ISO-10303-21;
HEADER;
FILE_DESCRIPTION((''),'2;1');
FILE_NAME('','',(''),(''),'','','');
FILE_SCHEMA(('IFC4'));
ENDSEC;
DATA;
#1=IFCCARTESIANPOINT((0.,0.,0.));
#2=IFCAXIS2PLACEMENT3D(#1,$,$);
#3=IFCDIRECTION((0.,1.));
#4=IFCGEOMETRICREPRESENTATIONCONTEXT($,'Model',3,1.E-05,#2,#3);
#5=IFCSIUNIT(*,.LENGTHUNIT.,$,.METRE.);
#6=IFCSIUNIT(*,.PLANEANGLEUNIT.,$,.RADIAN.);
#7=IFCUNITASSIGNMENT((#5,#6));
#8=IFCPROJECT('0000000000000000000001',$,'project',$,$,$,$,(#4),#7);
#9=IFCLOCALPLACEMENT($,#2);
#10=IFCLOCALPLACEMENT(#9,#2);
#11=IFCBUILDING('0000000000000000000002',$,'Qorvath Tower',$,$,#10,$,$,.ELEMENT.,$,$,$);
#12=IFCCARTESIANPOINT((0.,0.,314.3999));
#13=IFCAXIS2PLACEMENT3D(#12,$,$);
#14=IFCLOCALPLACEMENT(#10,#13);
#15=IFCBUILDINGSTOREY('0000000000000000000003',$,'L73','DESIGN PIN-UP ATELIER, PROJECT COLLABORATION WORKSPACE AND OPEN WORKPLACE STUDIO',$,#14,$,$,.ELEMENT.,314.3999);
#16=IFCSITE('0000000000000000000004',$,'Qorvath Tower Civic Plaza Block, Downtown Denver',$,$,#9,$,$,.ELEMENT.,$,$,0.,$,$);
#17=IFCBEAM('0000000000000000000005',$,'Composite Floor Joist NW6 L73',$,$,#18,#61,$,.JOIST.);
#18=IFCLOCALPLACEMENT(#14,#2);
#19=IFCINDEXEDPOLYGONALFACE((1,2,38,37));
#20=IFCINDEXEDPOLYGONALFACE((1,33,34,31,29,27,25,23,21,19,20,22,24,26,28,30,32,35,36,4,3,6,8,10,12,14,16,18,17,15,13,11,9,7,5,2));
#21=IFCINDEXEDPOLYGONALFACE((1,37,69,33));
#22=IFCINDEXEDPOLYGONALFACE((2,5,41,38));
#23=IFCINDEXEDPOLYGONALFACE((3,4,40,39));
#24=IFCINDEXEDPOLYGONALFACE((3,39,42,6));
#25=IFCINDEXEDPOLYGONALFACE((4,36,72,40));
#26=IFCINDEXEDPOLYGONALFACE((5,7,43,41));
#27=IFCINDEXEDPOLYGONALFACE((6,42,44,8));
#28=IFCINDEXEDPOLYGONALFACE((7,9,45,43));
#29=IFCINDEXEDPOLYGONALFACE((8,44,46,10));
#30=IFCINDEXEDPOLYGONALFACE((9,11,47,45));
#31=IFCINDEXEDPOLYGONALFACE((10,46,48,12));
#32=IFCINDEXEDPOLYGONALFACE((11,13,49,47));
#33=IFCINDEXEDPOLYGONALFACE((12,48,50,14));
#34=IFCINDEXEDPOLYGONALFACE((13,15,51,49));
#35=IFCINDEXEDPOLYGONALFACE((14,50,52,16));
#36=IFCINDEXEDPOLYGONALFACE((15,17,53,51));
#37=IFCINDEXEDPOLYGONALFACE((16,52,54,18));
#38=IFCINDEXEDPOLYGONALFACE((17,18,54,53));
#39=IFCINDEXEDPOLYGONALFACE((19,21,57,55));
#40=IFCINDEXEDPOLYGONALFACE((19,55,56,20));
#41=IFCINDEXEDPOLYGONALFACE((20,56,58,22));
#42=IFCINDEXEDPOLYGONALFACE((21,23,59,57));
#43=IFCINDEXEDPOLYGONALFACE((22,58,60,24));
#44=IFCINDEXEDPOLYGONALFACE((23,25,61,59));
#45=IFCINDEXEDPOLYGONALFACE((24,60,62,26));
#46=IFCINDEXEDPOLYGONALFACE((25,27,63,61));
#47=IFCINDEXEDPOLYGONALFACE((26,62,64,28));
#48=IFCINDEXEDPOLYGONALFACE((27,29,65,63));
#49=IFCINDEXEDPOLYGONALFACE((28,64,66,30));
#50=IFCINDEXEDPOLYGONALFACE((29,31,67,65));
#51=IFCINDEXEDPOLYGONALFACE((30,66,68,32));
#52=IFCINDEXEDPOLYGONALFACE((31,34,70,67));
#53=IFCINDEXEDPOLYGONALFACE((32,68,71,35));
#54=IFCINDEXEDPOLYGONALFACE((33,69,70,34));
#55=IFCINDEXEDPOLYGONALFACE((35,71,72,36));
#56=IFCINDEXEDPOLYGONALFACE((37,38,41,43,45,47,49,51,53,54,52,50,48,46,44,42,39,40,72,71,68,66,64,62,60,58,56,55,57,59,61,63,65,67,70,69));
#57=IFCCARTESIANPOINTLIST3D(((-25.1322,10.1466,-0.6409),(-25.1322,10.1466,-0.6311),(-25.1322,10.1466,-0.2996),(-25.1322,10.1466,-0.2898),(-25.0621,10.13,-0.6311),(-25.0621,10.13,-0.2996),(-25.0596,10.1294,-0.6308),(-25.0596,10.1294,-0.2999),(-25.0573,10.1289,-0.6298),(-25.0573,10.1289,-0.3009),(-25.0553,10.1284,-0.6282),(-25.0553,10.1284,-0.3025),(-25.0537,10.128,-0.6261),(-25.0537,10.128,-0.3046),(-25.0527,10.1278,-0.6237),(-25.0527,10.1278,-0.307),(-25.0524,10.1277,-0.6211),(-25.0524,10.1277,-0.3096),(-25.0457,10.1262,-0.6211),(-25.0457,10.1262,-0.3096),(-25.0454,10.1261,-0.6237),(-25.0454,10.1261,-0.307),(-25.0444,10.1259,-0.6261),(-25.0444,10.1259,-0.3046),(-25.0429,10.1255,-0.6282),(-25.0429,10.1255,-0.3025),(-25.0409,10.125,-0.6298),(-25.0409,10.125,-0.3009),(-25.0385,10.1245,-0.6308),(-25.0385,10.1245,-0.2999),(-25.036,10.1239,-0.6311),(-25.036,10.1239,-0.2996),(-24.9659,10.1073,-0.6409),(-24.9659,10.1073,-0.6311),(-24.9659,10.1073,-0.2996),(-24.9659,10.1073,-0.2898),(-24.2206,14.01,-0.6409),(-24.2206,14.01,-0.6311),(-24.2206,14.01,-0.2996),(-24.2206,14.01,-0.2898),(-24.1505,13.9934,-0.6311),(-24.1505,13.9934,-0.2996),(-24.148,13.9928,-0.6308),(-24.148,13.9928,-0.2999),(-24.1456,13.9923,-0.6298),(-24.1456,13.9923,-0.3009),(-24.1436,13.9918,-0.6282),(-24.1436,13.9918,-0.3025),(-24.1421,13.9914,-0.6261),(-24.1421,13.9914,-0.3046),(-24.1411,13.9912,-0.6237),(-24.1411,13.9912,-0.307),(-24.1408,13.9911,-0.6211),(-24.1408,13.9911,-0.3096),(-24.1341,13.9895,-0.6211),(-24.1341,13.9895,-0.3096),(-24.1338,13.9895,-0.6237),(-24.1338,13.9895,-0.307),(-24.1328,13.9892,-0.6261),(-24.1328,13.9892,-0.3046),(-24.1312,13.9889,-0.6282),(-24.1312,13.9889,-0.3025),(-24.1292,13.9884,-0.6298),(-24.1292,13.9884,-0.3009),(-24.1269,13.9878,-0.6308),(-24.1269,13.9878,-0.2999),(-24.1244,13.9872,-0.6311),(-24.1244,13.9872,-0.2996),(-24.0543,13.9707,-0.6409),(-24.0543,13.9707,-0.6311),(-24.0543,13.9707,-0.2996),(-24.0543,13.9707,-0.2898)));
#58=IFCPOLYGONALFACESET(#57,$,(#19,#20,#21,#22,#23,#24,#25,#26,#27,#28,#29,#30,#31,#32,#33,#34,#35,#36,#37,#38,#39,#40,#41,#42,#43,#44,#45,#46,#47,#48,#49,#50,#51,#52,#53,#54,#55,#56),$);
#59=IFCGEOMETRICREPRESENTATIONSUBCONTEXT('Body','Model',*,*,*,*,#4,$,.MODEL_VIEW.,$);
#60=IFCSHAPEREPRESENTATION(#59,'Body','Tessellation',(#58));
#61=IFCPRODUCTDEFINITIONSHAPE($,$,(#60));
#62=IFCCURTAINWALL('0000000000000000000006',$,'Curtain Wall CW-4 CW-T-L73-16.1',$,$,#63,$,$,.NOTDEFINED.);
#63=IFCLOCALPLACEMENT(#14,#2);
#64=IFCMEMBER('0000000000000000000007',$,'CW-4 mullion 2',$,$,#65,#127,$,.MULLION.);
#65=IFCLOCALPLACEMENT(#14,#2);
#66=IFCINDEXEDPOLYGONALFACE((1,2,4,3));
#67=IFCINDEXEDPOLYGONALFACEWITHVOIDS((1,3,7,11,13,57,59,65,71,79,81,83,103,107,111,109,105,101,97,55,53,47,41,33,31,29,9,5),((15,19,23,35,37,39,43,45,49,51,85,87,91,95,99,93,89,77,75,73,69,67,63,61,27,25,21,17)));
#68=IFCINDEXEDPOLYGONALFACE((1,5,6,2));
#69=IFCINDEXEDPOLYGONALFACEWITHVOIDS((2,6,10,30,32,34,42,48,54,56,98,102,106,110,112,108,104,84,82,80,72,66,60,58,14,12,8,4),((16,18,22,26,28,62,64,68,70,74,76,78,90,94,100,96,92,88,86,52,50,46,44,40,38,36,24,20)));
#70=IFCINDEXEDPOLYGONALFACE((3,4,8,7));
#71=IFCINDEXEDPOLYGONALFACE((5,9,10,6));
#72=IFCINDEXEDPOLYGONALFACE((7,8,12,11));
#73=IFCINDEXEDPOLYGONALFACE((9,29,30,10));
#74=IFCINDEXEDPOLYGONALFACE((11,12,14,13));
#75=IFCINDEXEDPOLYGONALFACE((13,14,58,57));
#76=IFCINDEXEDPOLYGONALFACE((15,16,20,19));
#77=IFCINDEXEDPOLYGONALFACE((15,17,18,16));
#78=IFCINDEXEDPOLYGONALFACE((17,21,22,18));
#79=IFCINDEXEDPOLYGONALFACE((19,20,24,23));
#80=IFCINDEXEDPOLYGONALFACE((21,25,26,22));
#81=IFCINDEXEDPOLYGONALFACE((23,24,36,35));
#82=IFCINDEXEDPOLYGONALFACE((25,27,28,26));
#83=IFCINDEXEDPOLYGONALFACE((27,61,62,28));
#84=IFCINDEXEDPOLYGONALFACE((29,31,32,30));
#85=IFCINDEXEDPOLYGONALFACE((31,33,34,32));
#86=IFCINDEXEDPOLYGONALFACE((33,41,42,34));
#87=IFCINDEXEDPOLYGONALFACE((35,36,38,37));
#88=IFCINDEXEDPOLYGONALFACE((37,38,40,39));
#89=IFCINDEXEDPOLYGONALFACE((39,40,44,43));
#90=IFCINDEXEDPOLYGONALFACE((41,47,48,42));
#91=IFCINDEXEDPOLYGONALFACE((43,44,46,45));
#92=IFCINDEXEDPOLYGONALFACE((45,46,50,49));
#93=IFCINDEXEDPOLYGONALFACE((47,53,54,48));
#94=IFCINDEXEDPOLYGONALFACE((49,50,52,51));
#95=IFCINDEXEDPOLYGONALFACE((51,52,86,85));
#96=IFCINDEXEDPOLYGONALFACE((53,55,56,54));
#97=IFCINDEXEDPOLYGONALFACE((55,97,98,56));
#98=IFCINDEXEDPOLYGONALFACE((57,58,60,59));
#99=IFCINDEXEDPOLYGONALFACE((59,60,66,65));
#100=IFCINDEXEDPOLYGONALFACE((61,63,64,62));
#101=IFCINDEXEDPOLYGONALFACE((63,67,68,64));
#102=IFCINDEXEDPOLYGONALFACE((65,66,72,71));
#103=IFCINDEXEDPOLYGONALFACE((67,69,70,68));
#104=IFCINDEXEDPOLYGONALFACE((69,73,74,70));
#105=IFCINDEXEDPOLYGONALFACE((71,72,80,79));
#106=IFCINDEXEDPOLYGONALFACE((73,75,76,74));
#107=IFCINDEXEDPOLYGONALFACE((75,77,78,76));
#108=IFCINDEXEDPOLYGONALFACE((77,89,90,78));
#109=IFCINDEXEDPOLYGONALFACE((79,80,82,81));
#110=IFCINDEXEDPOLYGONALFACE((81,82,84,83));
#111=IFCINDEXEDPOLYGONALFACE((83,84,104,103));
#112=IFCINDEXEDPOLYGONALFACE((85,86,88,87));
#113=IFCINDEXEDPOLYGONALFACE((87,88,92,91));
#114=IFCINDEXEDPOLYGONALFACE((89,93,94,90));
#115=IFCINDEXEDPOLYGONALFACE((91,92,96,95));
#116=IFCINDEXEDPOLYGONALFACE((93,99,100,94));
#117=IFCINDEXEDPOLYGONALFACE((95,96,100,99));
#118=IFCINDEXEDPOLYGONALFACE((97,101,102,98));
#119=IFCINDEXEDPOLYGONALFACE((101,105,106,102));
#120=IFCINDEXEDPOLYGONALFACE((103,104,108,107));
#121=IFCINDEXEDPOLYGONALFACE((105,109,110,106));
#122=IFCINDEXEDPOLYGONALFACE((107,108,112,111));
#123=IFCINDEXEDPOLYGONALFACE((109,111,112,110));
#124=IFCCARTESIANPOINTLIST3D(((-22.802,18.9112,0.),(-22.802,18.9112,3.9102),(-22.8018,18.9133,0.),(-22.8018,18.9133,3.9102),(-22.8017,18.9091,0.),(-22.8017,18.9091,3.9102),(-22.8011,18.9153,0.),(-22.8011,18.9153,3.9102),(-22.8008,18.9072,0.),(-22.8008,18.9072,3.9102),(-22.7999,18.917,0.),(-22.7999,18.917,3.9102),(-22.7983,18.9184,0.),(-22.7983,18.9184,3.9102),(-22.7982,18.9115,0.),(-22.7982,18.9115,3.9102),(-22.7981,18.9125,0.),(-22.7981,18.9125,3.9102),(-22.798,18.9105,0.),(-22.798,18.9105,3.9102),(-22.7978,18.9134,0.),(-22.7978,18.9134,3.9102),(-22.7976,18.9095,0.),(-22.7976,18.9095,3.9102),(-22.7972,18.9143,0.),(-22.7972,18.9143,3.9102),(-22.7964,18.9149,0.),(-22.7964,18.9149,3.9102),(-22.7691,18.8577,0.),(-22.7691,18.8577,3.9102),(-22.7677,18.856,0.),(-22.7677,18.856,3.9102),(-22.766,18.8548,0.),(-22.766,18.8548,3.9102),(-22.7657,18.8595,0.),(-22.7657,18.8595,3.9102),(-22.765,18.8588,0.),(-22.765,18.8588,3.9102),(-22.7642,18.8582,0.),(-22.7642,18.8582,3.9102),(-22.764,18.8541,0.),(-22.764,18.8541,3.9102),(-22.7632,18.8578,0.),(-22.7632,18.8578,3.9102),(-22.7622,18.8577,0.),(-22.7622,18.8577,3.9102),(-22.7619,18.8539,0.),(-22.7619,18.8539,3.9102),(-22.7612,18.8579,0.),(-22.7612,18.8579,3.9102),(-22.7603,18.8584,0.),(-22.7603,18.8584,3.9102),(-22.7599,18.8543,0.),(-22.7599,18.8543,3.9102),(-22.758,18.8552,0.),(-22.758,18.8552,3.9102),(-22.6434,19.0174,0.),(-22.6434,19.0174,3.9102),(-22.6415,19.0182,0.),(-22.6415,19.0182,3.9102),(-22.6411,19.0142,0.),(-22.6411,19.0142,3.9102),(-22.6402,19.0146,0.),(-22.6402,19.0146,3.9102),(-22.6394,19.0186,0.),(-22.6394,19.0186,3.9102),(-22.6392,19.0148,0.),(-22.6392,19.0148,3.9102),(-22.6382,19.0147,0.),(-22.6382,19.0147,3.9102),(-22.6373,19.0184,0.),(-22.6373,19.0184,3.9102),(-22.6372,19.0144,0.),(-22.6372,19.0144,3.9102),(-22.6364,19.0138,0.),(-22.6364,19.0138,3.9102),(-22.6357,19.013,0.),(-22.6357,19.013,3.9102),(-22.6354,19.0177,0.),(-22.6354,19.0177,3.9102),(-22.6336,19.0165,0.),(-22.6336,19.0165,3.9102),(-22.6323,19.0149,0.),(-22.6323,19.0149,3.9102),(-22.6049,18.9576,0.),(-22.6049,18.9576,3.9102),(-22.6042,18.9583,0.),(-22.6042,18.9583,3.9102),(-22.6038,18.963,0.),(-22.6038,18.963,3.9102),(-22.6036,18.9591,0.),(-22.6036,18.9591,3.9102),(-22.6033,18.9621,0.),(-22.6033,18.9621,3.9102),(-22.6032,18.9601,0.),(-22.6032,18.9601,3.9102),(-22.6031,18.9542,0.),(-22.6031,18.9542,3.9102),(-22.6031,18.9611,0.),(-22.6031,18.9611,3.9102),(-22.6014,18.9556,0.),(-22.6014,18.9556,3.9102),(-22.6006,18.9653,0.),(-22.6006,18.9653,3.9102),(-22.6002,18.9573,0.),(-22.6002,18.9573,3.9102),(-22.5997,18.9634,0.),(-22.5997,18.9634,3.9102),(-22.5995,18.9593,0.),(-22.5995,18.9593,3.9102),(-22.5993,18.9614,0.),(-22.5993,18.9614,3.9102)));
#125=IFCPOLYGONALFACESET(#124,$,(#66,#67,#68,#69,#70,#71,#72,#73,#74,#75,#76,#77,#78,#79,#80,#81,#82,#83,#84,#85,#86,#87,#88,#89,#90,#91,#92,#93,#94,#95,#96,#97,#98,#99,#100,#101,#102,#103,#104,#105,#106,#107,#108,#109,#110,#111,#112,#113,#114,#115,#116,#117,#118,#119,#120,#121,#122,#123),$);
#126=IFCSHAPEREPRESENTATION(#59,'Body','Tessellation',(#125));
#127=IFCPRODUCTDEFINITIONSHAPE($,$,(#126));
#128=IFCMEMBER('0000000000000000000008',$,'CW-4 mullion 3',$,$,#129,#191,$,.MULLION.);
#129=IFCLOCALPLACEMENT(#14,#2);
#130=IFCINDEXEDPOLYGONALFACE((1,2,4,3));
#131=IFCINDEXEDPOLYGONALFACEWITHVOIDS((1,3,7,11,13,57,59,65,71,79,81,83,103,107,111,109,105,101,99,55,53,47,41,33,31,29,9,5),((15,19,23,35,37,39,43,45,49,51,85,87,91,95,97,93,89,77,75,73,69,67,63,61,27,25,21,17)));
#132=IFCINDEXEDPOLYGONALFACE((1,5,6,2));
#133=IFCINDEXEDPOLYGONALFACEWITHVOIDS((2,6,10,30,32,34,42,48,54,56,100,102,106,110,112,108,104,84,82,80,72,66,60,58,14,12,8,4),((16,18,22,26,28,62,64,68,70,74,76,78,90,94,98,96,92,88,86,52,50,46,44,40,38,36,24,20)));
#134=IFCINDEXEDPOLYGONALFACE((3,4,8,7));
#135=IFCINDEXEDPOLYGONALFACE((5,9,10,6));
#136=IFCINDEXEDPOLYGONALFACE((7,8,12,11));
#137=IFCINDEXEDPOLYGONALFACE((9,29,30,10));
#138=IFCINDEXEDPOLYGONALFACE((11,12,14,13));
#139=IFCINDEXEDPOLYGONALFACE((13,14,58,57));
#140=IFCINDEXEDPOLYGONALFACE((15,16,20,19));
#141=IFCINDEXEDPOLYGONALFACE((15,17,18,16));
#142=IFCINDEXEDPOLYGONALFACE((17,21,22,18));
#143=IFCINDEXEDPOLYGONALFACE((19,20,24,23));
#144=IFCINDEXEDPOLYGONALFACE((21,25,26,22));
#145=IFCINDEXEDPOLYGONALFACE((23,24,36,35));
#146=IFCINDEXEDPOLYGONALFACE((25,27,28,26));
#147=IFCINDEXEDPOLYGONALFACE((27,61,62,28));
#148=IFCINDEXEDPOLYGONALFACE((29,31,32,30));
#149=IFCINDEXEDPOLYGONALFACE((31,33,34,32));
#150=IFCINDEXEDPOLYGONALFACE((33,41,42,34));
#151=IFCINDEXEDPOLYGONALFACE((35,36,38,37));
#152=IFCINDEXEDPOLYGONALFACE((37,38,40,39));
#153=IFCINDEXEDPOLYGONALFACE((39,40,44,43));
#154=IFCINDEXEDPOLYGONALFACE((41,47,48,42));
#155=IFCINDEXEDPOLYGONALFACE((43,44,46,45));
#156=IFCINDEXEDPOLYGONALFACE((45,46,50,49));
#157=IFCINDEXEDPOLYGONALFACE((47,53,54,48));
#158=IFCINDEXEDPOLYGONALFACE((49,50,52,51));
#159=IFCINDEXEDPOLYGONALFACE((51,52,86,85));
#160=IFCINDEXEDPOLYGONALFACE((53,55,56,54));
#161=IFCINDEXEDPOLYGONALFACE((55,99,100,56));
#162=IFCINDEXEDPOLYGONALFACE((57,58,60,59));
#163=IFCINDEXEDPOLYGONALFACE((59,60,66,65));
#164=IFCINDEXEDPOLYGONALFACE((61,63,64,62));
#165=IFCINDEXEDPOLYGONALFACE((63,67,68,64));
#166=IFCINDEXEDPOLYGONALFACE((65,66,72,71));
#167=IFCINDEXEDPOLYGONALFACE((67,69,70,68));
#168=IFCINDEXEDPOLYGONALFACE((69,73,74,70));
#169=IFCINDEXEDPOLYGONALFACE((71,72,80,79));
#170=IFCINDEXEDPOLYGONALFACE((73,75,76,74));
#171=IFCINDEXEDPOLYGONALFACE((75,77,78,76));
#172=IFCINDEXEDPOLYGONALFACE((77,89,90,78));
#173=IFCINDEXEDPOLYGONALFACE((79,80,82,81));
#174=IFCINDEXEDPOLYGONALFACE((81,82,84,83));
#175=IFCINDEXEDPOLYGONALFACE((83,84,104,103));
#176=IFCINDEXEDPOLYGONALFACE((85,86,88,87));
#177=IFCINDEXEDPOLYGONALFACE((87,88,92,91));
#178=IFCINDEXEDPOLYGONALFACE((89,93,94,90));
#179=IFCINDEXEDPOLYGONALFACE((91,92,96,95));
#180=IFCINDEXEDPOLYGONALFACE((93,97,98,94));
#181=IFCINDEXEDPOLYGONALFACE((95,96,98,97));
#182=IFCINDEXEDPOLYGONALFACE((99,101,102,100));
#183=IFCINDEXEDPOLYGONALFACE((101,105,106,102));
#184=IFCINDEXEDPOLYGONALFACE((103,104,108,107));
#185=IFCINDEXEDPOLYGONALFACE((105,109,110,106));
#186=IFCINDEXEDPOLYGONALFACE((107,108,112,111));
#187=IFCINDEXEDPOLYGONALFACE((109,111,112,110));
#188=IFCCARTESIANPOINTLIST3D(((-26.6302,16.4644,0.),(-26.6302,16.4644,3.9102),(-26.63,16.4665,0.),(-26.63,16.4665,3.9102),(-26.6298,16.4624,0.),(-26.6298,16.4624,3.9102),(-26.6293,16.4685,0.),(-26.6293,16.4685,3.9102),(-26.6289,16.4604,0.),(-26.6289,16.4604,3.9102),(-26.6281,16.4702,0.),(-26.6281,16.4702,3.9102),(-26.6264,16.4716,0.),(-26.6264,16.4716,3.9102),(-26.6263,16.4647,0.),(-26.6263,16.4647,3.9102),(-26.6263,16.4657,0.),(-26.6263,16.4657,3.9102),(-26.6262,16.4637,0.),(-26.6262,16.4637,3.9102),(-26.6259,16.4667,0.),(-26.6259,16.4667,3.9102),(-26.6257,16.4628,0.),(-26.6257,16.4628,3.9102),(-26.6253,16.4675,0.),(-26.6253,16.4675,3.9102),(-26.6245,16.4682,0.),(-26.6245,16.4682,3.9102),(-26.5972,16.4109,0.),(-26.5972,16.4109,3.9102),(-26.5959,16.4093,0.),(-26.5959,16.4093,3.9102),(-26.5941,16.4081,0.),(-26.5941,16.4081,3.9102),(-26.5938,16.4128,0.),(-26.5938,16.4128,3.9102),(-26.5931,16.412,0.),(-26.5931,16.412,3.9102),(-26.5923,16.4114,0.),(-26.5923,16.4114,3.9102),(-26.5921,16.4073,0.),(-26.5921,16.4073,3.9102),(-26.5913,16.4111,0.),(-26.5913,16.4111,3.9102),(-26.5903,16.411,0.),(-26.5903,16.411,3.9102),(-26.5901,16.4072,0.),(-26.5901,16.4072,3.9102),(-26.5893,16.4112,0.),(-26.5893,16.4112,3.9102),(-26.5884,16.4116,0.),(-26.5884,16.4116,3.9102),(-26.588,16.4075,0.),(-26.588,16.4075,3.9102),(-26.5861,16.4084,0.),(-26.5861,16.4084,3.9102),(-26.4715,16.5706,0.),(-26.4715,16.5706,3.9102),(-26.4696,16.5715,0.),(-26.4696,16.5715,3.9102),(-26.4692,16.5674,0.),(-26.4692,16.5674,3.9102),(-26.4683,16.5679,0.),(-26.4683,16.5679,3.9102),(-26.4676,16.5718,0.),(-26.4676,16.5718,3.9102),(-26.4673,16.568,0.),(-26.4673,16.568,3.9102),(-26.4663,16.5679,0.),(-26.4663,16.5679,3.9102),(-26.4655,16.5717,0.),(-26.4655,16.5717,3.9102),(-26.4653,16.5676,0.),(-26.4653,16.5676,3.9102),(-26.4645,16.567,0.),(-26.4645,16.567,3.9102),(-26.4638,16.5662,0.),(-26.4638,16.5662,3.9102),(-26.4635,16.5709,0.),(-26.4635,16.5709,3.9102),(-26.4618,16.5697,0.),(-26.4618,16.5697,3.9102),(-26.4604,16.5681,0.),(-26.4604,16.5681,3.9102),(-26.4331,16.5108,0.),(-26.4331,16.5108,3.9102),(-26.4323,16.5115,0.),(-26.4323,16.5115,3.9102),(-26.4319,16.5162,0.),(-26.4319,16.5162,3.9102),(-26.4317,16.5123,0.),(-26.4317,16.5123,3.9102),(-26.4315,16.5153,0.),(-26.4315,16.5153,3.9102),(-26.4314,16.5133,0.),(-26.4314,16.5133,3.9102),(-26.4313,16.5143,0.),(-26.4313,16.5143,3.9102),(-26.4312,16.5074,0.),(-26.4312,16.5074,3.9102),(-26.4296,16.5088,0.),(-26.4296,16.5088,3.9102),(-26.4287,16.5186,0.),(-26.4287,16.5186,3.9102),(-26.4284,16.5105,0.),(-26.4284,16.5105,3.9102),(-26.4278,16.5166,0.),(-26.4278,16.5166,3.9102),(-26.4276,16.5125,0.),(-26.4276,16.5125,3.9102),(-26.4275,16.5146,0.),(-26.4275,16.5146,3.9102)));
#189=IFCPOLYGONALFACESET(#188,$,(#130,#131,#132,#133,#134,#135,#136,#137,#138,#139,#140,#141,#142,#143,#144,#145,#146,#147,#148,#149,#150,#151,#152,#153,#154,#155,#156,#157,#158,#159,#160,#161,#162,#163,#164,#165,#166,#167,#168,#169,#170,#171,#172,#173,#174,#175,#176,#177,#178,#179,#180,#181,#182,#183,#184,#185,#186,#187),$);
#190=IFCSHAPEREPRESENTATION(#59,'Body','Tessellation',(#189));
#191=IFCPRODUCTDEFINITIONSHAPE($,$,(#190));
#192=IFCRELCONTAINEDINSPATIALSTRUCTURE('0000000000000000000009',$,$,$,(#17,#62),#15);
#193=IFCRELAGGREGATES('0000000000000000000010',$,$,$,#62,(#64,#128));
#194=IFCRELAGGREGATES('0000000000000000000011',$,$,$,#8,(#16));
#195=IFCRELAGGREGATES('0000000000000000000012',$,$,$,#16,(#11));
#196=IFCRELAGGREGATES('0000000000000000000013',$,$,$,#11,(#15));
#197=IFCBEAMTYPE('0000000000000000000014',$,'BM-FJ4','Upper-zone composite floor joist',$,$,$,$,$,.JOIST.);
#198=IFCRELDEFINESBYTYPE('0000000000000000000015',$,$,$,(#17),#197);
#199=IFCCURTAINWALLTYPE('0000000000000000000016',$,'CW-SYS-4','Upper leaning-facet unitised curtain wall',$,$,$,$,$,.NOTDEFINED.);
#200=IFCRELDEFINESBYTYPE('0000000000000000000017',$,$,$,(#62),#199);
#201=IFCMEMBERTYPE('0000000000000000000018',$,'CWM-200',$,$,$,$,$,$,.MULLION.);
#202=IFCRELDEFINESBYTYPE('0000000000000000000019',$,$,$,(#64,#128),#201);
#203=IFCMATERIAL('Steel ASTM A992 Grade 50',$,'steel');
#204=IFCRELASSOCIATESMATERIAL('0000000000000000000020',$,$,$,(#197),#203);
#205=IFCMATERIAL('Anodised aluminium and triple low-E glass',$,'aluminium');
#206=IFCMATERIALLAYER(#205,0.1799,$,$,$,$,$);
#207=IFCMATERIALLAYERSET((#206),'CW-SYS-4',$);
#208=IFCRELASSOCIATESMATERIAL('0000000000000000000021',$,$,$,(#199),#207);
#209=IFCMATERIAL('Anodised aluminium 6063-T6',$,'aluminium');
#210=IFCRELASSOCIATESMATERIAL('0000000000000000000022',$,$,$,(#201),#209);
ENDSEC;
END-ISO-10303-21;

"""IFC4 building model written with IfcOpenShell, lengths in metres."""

from ifc_helpers import new_model, si_unit, direction, frame, origin, origin_2d, place, context, subcontext, project, spatial, hollow_rectangle, i_section, extrude, material, layer, layer_set, material_profile, profile_set, type_object, element, aggregate, save


model = new_model("IFC4")

# Units and contexts
model_context = context("Model", 3, precision=1e-05, world=origin(), true_north=direction((0.0, 1.0)))
body_context = subcontext(model_context, "Body", "Model", "MODEL_VIEW")
ifc_project = project(units=[si_unit("LENGTHUNIT", "METRE"), si_unit("PLANEANGLEUNIT", "RADIAN")], contexts=[model_context])

# Site, building, storey
site_placement = place(None, origin())
site = spatial("IfcSite", under=ifc_project, at=site_placement, Name="Qorvath Tower Civic Plaza Block, Downtown Denver", CompositionType="ELEMENT", RefElevation=0.0)
building_placement = place(site_placement, origin())
building = spatial("IfcBuilding", under=site, at=building_placement, Name="Qorvath Tower", CompositionType="ELEMENT")
storey_placement = place(building_placement, frame((0.0, 0.0, 314.3999)))
storey = spatial("IfcBuildingStorey", under=building, at=storey_placement, Name="L73", Description="DESIGN PIN-UP ATELIER, PROJECT COLLABORATION WORKSPACE AND OPEN WORKPLACE STUDIO", CompositionType="ELEMENT", Elevation=314.3999)

# Beam
ifc_material_1 = material(Name="Steel ASTM A992 Grade 50", Category="steel")
ifc_material_profile_1 = material_profile(ifc_material_1, i_section(OverallWidth=0.1709, OverallDepth=0.3511, WebThickness=0.0068, FlangeThickness=0.0098, FilletRadius=0.01, at=origin_2d()), Name="W14x30")
ifc_profile_set_1 = profile_set([ifc_material_profile_1], Name="Steel ASTM A992 Grade 50")
beam_type_1 = type_object("IfcBeamType", Name="BM-FJ4", Description="Upper-zone composite floor joist", PredefinedType="JOIST", material=ifc_profile_set_1)
beam_1_placement = place(storey_placement, frame((-25.0491, 10.127, -0.4653), z_axis=(0.229663, 0.97327, 0.0), x_axis=(-0.97327, 0.229663, 0.0)))
element("IfcBeam", 1, at=beam_1_placement, inside=storey, type_object=beam_type_1, Name="Composite Floor Joist NW6 L73", PredefinedType="JOIST", context=body_context, shape_type="SweptSolid", body=[
    extrude(i_section(OverallWidth=0.1709, OverallDepth=0.3511, WebThickness=0.0068, FlangeThickness=0.0098, FilletRadius=0.01, at=origin_2d()), origin(), (0.0, 0.0, 1.0), 3.9695),
])

# Curtain wall, members
ifc_material_2 = material(Name="Anodised aluminium and triple low-E glass", Category="aluminium")
ifc_layer_1 = layer(ifc_material_2, 0.1799)
ifc_layer_set_1 = layer_set([ifc_layer_1], Name="CW-SYS-4")
curtain_wall_type = type_object("IfcCurtainWallType", Name="CW-SYS-4", Description="Upper leaning-facet unitised curtain wall", PredefinedType="NOTDEFINED", material=ifc_layer_set_1)
curtain_wall_placement = place(storey_placement, origin())
curtain_wall = element("IfcCurtainWall", 2, at=curtain_wall_placement, inside=storey, type_object=curtain_wall_type, Name="Curtain Wall CW-4 CW-T-L73-16.1", PredefinedType="NOTDEFINED")
ifc_material_3 = material(Name="Anodised aluminium 6063-T6", Category="aluminium")
ifc_material_profile_2 = material_profile(ifc_material_3, hollow_rectangle(XDim=0.075, YDim=0.2, WallThickness=0.0039, InnerFilletRadius=0.0039, OuterFilletRadius=0.0081, at=origin_2d()), Name="CWM 200x75")
ifc_profile_set_2 = profile_set([ifc_material_profile_2], Name="Anodised aluminium 6063-T6")
member_type_1 = type_object("IfcMemberType", Name="CWM-200", PredefinedType="MULLION", material=ifc_profile_set_2)
member_1_placement = place(storey_placement, frame((-22.7007, 18.9363, 0.0), z_axis=(0.0, 0.0, 1.0), x_axis=(0.538536, -0.842602, 0.0)))
member_1 = element("IfcMember", 3, at=member_1_placement, type_object=member_type_1, Name="CW-4 mullion 2", PredefinedType="MULLION", context=body_context, shape_type="SweptSolid", body=[
    extrude(hollow_rectangle(XDim=0.075, YDim=0.2, WallThickness=0.0039, InnerFilletRadius=0.0039, OuterFilletRadius=0.0081, at=origin_2d()), origin(), (0.0, 0.0, 1.0), 3.9102),
])
member_2_placement = place(storey_placement, frame((-26.5288, 16.4895, 0.0), z_axis=(0.0, 0.0, 1.0), x_axis=(0.538536, -0.842602, 0.0)))
member_2 = element("IfcMember", 4, at=member_2_placement, type_object=member_type_1, Name="CW-4 mullion 3", PredefinedType="MULLION", context=body_context, shape_type="SweptSolid", body=[
    extrude(hollow_rectangle(XDim=0.075, YDim=0.2, WallThickness=0.0039, InnerFilletRadius=0.0039, OuterFilletRadius=0.0081, at=origin_2d()), origin(), (0.0, 0.0, 1.0), 3.9102),
])
aggregate(curtain_wall, [member_1, member_2])

save(model, "model.ifc")
